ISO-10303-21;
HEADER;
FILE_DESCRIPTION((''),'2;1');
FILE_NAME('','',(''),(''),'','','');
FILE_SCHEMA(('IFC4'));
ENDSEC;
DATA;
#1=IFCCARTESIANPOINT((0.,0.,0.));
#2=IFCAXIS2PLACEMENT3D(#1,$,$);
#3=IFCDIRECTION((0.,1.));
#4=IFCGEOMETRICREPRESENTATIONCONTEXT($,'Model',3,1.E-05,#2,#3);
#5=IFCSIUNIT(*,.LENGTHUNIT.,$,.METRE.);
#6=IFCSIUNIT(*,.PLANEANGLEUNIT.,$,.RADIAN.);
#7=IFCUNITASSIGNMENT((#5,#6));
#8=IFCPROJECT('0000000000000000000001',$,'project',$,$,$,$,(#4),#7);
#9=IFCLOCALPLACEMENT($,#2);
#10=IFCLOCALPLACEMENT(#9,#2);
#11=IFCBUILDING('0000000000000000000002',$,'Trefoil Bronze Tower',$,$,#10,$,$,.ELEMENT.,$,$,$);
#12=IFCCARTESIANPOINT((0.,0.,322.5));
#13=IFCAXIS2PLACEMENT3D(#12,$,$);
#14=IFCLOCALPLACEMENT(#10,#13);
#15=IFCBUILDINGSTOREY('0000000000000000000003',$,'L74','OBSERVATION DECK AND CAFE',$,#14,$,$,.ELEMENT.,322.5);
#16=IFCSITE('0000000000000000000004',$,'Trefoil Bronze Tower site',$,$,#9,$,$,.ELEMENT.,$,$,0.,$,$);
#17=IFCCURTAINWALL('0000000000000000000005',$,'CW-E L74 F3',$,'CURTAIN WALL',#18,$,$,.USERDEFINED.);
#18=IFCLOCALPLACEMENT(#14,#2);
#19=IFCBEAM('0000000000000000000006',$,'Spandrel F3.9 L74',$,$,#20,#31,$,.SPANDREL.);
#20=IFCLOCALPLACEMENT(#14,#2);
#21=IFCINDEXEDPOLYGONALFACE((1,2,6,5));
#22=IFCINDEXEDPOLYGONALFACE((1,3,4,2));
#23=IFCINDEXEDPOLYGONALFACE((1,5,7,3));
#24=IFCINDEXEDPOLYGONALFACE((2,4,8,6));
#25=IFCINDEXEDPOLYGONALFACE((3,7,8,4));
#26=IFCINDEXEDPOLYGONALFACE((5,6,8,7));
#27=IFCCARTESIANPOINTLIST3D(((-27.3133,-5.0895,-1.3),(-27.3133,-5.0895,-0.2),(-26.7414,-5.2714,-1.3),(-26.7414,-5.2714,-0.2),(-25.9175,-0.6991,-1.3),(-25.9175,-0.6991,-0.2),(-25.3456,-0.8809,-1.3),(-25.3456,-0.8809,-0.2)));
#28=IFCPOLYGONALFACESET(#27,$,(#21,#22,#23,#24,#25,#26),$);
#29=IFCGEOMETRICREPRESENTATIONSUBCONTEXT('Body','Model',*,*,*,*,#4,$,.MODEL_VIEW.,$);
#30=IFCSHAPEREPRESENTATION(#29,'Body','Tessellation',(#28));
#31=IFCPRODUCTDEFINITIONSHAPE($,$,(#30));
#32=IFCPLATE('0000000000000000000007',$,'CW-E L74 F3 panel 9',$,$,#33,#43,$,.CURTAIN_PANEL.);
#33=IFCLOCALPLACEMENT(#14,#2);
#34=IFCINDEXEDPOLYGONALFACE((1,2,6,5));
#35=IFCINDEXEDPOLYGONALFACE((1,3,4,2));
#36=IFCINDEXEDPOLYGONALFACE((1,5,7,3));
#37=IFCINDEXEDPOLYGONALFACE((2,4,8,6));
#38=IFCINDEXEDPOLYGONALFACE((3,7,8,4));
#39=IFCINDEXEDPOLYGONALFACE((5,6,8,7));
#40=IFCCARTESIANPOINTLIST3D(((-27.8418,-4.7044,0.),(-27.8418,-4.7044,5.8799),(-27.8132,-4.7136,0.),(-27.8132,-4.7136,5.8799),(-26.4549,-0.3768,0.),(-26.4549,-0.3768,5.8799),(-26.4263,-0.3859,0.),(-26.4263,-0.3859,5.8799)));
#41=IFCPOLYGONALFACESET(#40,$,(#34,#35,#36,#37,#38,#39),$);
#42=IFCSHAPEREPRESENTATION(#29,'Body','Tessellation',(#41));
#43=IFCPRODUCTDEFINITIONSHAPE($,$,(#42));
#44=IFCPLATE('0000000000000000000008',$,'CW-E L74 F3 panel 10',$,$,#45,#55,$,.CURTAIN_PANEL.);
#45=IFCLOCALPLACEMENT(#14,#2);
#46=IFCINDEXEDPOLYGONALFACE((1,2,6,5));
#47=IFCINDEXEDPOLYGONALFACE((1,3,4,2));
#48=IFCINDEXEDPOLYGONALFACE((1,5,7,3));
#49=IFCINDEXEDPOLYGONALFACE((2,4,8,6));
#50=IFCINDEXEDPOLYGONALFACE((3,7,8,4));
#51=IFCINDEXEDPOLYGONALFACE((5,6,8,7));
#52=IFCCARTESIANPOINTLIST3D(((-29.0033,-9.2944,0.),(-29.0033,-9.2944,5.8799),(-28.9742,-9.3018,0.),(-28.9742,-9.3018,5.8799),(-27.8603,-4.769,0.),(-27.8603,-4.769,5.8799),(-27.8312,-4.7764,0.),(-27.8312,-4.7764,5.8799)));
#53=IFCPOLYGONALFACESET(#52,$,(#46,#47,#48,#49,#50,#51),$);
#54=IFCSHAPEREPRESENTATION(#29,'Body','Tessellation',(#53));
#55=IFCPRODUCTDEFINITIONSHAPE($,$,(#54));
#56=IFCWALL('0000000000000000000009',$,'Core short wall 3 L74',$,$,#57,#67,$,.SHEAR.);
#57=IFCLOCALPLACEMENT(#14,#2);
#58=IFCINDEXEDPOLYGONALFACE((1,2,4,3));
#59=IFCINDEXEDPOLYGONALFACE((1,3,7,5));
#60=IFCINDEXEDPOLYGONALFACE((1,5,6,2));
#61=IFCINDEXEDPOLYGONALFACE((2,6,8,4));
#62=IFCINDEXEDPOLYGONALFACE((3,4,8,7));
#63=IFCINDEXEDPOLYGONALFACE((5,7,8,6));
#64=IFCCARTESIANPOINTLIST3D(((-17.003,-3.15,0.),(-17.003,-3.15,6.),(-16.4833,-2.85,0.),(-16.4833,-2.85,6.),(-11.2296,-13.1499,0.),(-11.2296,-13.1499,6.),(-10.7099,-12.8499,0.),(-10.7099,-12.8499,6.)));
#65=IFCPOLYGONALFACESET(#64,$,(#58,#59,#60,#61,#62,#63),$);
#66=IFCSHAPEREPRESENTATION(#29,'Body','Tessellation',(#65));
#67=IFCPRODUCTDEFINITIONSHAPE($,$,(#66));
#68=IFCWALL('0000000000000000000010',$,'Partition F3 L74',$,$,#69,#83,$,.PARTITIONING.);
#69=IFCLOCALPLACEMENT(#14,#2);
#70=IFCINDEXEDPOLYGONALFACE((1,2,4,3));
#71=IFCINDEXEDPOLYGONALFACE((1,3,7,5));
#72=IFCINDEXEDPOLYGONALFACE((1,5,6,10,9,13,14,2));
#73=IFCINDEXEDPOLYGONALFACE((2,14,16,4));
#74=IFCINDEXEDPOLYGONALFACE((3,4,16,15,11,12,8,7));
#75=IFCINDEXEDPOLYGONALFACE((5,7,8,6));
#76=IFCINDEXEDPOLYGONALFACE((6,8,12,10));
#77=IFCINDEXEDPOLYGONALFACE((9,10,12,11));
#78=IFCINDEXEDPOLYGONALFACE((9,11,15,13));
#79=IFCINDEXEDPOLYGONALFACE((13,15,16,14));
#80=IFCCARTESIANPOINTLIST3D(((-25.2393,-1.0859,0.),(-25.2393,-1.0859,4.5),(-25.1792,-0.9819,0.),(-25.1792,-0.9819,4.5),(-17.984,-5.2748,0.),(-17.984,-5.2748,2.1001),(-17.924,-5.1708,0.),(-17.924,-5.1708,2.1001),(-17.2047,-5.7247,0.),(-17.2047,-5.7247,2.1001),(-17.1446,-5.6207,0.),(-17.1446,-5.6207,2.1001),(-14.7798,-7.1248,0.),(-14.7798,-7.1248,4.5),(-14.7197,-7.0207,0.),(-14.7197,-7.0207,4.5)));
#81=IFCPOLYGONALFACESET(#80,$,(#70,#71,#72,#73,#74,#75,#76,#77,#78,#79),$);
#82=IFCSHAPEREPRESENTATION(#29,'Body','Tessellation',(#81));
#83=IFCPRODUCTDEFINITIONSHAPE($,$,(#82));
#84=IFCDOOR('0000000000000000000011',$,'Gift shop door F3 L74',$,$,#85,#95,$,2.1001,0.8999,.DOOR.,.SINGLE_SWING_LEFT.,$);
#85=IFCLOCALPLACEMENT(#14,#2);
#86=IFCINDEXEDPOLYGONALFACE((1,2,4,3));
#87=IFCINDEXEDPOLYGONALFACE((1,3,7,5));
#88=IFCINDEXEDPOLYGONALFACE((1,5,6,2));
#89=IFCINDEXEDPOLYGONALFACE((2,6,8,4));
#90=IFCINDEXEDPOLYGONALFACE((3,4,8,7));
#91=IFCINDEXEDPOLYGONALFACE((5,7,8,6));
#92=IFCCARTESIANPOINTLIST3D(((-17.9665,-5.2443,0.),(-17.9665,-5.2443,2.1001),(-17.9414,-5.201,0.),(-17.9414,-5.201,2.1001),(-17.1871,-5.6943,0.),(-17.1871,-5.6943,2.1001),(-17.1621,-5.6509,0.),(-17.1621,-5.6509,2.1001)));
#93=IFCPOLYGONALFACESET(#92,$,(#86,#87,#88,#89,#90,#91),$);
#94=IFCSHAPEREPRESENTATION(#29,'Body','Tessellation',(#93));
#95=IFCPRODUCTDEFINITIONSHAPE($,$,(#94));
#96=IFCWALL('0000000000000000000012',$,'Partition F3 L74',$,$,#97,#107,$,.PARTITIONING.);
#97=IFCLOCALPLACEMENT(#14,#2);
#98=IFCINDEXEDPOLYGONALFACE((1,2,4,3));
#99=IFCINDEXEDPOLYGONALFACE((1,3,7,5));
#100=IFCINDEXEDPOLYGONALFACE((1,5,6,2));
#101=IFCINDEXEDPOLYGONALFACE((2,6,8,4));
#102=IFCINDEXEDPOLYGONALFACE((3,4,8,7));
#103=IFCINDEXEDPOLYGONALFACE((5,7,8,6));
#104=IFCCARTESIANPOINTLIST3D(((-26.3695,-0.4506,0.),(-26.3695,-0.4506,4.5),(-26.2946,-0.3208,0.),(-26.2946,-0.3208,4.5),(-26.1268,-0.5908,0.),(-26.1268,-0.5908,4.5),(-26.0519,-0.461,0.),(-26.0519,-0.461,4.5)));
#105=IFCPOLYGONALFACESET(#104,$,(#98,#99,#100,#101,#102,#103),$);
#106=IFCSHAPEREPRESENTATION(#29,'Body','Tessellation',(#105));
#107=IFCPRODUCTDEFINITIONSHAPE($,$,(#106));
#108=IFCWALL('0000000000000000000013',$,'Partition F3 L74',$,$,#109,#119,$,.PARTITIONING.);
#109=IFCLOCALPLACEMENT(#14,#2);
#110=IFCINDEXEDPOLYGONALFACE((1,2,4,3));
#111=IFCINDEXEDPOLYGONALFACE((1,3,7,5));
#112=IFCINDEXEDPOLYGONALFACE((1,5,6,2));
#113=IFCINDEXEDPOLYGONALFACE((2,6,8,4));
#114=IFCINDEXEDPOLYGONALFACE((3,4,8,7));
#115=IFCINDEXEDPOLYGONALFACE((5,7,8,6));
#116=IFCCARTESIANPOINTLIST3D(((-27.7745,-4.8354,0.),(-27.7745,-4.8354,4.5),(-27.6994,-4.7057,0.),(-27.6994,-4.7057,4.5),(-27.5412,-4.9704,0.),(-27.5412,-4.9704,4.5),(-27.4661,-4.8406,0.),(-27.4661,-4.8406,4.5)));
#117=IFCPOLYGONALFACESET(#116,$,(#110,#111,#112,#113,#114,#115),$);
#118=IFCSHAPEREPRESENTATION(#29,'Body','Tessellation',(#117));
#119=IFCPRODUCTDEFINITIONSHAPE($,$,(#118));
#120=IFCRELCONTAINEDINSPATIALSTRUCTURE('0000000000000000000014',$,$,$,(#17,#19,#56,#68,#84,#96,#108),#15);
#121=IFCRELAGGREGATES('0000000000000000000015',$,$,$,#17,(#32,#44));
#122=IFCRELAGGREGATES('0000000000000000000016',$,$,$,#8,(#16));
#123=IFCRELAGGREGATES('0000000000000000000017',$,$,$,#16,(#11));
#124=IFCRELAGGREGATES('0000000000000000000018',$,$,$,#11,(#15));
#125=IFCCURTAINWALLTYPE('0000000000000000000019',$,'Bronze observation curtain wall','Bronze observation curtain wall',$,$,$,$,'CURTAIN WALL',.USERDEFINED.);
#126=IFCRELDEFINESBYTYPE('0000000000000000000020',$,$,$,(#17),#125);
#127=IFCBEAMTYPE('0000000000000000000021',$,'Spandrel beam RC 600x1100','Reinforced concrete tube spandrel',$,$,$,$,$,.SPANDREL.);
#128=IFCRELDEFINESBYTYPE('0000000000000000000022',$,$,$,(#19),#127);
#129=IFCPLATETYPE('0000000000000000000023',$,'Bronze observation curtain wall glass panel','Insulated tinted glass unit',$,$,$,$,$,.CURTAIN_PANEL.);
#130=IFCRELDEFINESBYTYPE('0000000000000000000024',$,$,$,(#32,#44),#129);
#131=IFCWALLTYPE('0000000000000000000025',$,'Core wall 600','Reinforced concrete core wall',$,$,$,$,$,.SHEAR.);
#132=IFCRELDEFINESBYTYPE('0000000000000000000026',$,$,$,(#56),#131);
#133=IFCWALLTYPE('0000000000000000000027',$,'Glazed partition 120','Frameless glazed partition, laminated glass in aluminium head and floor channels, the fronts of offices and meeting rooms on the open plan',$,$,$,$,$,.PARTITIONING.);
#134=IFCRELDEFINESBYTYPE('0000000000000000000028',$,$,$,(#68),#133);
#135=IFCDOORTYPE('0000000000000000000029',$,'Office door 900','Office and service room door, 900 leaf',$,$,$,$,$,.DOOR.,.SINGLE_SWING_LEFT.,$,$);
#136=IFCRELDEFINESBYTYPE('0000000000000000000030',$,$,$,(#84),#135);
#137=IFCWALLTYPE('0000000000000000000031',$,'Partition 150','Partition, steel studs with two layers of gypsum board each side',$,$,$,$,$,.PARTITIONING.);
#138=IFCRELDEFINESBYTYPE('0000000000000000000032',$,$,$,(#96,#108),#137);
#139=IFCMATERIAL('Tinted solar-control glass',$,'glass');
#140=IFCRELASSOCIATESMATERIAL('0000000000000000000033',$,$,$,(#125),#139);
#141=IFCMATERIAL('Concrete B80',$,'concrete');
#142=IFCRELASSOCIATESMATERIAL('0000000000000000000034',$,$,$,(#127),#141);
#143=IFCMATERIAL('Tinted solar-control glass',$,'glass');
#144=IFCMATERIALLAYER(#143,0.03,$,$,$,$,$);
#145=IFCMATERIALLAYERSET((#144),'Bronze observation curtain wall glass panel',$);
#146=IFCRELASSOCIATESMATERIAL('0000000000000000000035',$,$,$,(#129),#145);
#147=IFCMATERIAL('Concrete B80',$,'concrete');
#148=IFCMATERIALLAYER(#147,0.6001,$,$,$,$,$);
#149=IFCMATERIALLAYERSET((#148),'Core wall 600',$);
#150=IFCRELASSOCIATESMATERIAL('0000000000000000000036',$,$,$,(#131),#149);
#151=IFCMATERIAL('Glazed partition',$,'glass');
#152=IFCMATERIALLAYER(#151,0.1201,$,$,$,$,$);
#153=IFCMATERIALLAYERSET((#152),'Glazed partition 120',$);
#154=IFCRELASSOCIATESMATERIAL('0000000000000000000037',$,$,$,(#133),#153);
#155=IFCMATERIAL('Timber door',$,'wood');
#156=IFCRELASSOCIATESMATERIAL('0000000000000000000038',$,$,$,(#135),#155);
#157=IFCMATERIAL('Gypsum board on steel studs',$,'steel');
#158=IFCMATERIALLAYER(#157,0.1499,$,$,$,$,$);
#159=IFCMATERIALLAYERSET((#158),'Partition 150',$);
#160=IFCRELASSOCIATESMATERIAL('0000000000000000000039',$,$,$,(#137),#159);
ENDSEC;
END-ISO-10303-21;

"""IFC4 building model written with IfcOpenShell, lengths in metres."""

from ifc_helpers import new_model, si_unit, direction, frame, frame_2d, origin, origin_2d, place, context, subcontext, project, spatial, rectangle, extrude, material, layer, layer_set, material_profile, profile_set, type_object, element, fill, aggregate, save


model = new_model("IFC4")

# Units and contexts
model_context = context("Model", 3, precision=1e-05, world=origin(), true_north=direction((0.0, 1.0)))
body_context = subcontext(model_context, "Body", "Model", "MODEL_VIEW")
ifc_project = project(units=[si_unit("LENGTHUNIT", "METRE"), si_unit("PLANEANGLEUNIT", "RADIAN")], contexts=[model_context])

# Site, building, storey
site_placement = place(None, origin())
site = spatial("IfcSite", under=ifc_project, at=site_placement, Name="Trefoil Bronze Tower site", CompositionType="ELEMENT", RefElevation=0.0)
building_placement = place(site_placement, origin())
building = spatial("IfcBuilding", under=site, at=building_placement, Name="Trefoil Bronze Tower", CompositionType="ELEMENT")
storey_placement = place(building_placement, frame((0.0, 0.0, 322.5)))
storey = spatial("IfcBuildingStorey", under=building, at=storey_placement, Name="L74", Description="OBSERVATION DECK AND CAFE", CompositionType="ELEMENT", Elevation=322.5)

# Curtain wall
ifc_material_1 = material(Name="Tinted solar-control glass", Category="glass")
curtain_wall_type_1 = type_object("IfcCurtainWallType", Name="Bronze observation curtain wall", Description="Bronze observation curtain wall", ElementType="CURTAIN WALL", PredefinedType="USERDEFINED", material=ifc_material_1)
curtain_wall_1_placement = place(storey_placement, origin())
curtain_wall_1 = element("IfcCurtainWall", 1, at=curtain_wall_1_placement, inside=storey, type_object=curtain_wall_type_1, Name="CW-E L74 F3", ObjectType="CURTAIN WALL", PredefinedType="USERDEFINED")

# Beam
ifc_material_2 = material(Name="Concrete B80", Category="concrete")
ifc_material_profile_1 = material_profile(ifc_material_2, rectangle(XDim=0.6001, YDim=1.1001, at=origin_2d()), Name="RC 600x1100")
ifc_profile_set_1 = profile_set([ifc_material_profile_1], Name="Concrete B80")
beam_type_1 = type_object("IfcBeamType", Name="Spandrel beam RC 600x1100", Description="Reinforced concrete tube spandrel", PredefinedType="SPANDREL", material=ifc_profile_set_1)
beam_1_placement = place(storey_placement, frame((-25.6316, -0.79, -0.75), z_axis=(-0.30297, -0.953, 0.0), x_axis=(0.953, -0.30297, 0.0)))
element("IfcBeam", 2, at=beam_1_placement, inside=storey, type_object=beam_type_1, Name="Spandrel F3.9 L74", PredefinedType="SPANDREL", context=body_context, shape_type="SweptSolid", body=[
    extrude(rectangle(XDim=0.6001, YDim=1.1001, at=origin_2d()), origin(), (0.0, 0.0, 1.0), 4.6069),
])

# Plates
ifc_material_3 = material(Name="Tinted solar-control glass", Category="glass")
ifc_layer_1 = layer(ifc_material_3, 0.03)
ifc_layer_set_1 = layer_set([ifc_layer_1], Name="Bronze observation curtain wall glass panel")
plate_type = type_object("IfcPlateType", Name="Bronze observation curtain wall glass panel", Description="Insulated tinted glass unit", PredefinedType="CURTAIN_PANEL", material=ifc_layer_set_1)
plate_1_placement = place(storey_placement, frame((-27.134, -2.5452, 0.0), z_axis=(0.0, 0.0, 1.0), x_axis=(-0.305188, -0.952292, 0.0)))
plate_1 = element("IfcPlate", 3, at=plate_1_placement, type_object=plate_type, Name="CW-E L74 F3 panel 9", PredefinedType="CURTAIN_PANEL", context=body_context, shape_type="SweptSolid", body=[
    extrude(rectangle(XDim=4.5444, YDim=0.03, at=origin_2d()), origin(), (0.0, 0.0, 1.0), 5.8799),
])
plate_2_placement = place(storey_placement, frame((-28.4172, -7.0354, 0.0), z_axis=(0.0, 0.0, 1.0), x_axis=(-0.24488, -0.969554, 0.0)))
plate_2 = element("IfcPlate", 4, at=plate_2_placement, type_object=plate_type, Name="CW-E L74 F3 panel 10", PredefinedType="CURTAIN_PANEL", context=body_context, shape_type="SweptSolid", body=[
    extrude(rectangle(XDim=4.6675, YDim=0.03, at=origin_2d()), origin(), (0.0, 0.0, 1.0), 5.8799),
])
aggregate(curtain_wall_1, [plate_1, plate_2])

# Wall
ifc_material_4 = material(Name="Concrete B80", Category="concrete")
ifc_layer_2 = layer(ifc_material_4, 0.6001)
ifc_layer_set_2 = layer_set([ifc_layer_2], Name="Core wall 600")
wall_type_1 = type_object("IfcWallType", Name="Core wall 600", Description="Reinforced concrete core wall", PredefinedType="SHEAR", material=ifc_layer_set_2)
wall_1_placement = place(storey_placement, frame((-16.7432, -3.0, 0.0), z_axis=(0.0, 0.0, 1.0), x_axis=(0.499996, -0.866028, 0.0)))
element("IfcWall", 5, at=wall_1_placement, inside=storey, type_object=wall_type_1, Name="Core short wall 3 L74", PredefinedType="SHEAR", context=body_context, shape_type="SweptSolid", body=[
    extrude(rectangle(XDim=11.5469, YDim=0.6001, at=frame_2d((5.7734, 0.0))), origin(), (0.0, 0.0, 1.0), 6.0),
])

# Wall, opening, door
ifc_material_5 = material(Name="Glazed partition", Category="glass")
ifc_layer_3 = layer(ifc_material_5, 0.1201)
ifc_layer_set_3 = layer_set([ifc_layer_3], Name="Glazed partition 120")
wall_type_2 = type_object("IfcWallType", Name="Glazed partition 120", Description="Frameless glazed partition, laminated glass in aluminium head and floor channels, the fronts of offices and meeting rooms on the open plan", PredefinedType="PARTITIONING", material=ifc_layer_set_3)
wall_2_placement = place(storey_placement, frame((-14.7498, -7.0728, 0.0), z_axis=(0.0, 0.0, 1.0), x_axis=(-0.866024, 0.500002, 0.0)))
wall_2 = element("IfcWall", 6, at=wall_2_placement, inside=storey, type_object=wall_type_2, Name="Partition F3 L74", PredefinedType="PARTITIONING", context=body_context, shape_type="SweptSolid", body=[
    extrude(rectangle(XDim=12.0776, YDim=0.1201, at=frame_2d((6.0388, 0.0))), origin(), (0.0, 0.0, 1.0), 4.5),
])
opening_placement = place(wall_2_placement, frame((2.8, 0.0, 0.0)))
opening = element("IfcOpeningElement", 7, at=opening_placement, cuts=wall_2, PredefinedType="OPENING", context=body_context, shape_type="SweptSolid", body=[
    extrude(rectangle(XDim=0.8999, YDim=2.1001, at=frame_2d((0.45, 1.05))), frame((0.0, 0.0701, 0.0), z_axis=(0.0, -1.0, 0.0), x_axis=(1.0, 0.0, 0.0)), (0.0, 0.0, 1.0), 0.1401),
])
ifc_material_6 = material(Name="Timber door", Category="wood")
door_type = type_object("IfcDoorType", Name="Office door 900", Description="Office and service room door, 900 leaf", OperationType="SINGLE_SWING_LEFT", PredefinedType="DOOR", material=ifc_material_6)
door_placement = place(opening_placement, origin())
door = element("IfcDoor", 8, at=door_placement, inside=storey, type_object=door_type, Name="Gift shop door F3 L74", OperationType="SINGLE_SWING_LEFT", OverallHeight=2.1001, OverallWidth=0.8999, PredefinedType="DOOR", context=body_context, shape_type="SweptSolid", body=[
    extrude(rectangle(XDim=0.8999, YDim=2.1001, at=frame_2d((0.45, 1.05))), frame((0.0, 0.0249, 0.0), z_axis=(0.0, -1.0, 0.0), x_axis=(1.0, 0.0, 0.0)), (0.0, 0.0, 1.0), 0.05),
])
fill(opening, door)

# Walls
ifc_material_7 = material(Name="Gypsum board on steel studs", Category="steel")
ifc_layer_4 = layer(ifc_material_7, 0.1499)
ifc_layer_set_4 = layer_set([ifc_layer_4], Name="Partition 150")
wall_type_3 = type_object("IfcWallType", Name="Partition 150", Description="Partition, steel studs with two layers of gypsum board each side", PredefinedType="PARTITIONING", material=ifc_layer_set_4)
wall_3_placement = place(storey_placement, frame((-26.0894, -0.5259, 0.0), z_axis=(0.0, 0.0, 1.0), x_axis=(-0.865982, 0.500074, 0.0)))
element("IfcWall", 9, at=wall_3_placement, inside=storey, type_object=wall_type_3, Name="Partition F3 L74", PredefinedType="PARTITIONING", context=body_context, shape_type="SweptSolid", body=[
    extrude(rectangle(XDim=0.2803, YDim=0.1499, at=frame_2d((0.1401, 0.0))), origin(), (0.0, 0.0, 1.0), 4.5),
])
wall_4_placement = place(storey_placement, frame((-27.5037, -4.9055, 0.0), z_axis=(0.0, 0.0, 1.0), x_axis=(-0.865612, 0.500715, 0.0)))
element("IfcWall", 10, at=wall_4_placement, inside=storey, type_object=wall_type_3, Name="Partition F3 L74", PredefinedType="PARTITIONING", context=body_context, shape_type="SweptSolid", body=[
    extrude(rectangle(XDim=0.2695, YDim=0.1499, at=frame_2d((0.1348, 0.0))), origin(), (0.0, 0.0, 1.0), 4.5),
])

save(model, "model.ifc")
